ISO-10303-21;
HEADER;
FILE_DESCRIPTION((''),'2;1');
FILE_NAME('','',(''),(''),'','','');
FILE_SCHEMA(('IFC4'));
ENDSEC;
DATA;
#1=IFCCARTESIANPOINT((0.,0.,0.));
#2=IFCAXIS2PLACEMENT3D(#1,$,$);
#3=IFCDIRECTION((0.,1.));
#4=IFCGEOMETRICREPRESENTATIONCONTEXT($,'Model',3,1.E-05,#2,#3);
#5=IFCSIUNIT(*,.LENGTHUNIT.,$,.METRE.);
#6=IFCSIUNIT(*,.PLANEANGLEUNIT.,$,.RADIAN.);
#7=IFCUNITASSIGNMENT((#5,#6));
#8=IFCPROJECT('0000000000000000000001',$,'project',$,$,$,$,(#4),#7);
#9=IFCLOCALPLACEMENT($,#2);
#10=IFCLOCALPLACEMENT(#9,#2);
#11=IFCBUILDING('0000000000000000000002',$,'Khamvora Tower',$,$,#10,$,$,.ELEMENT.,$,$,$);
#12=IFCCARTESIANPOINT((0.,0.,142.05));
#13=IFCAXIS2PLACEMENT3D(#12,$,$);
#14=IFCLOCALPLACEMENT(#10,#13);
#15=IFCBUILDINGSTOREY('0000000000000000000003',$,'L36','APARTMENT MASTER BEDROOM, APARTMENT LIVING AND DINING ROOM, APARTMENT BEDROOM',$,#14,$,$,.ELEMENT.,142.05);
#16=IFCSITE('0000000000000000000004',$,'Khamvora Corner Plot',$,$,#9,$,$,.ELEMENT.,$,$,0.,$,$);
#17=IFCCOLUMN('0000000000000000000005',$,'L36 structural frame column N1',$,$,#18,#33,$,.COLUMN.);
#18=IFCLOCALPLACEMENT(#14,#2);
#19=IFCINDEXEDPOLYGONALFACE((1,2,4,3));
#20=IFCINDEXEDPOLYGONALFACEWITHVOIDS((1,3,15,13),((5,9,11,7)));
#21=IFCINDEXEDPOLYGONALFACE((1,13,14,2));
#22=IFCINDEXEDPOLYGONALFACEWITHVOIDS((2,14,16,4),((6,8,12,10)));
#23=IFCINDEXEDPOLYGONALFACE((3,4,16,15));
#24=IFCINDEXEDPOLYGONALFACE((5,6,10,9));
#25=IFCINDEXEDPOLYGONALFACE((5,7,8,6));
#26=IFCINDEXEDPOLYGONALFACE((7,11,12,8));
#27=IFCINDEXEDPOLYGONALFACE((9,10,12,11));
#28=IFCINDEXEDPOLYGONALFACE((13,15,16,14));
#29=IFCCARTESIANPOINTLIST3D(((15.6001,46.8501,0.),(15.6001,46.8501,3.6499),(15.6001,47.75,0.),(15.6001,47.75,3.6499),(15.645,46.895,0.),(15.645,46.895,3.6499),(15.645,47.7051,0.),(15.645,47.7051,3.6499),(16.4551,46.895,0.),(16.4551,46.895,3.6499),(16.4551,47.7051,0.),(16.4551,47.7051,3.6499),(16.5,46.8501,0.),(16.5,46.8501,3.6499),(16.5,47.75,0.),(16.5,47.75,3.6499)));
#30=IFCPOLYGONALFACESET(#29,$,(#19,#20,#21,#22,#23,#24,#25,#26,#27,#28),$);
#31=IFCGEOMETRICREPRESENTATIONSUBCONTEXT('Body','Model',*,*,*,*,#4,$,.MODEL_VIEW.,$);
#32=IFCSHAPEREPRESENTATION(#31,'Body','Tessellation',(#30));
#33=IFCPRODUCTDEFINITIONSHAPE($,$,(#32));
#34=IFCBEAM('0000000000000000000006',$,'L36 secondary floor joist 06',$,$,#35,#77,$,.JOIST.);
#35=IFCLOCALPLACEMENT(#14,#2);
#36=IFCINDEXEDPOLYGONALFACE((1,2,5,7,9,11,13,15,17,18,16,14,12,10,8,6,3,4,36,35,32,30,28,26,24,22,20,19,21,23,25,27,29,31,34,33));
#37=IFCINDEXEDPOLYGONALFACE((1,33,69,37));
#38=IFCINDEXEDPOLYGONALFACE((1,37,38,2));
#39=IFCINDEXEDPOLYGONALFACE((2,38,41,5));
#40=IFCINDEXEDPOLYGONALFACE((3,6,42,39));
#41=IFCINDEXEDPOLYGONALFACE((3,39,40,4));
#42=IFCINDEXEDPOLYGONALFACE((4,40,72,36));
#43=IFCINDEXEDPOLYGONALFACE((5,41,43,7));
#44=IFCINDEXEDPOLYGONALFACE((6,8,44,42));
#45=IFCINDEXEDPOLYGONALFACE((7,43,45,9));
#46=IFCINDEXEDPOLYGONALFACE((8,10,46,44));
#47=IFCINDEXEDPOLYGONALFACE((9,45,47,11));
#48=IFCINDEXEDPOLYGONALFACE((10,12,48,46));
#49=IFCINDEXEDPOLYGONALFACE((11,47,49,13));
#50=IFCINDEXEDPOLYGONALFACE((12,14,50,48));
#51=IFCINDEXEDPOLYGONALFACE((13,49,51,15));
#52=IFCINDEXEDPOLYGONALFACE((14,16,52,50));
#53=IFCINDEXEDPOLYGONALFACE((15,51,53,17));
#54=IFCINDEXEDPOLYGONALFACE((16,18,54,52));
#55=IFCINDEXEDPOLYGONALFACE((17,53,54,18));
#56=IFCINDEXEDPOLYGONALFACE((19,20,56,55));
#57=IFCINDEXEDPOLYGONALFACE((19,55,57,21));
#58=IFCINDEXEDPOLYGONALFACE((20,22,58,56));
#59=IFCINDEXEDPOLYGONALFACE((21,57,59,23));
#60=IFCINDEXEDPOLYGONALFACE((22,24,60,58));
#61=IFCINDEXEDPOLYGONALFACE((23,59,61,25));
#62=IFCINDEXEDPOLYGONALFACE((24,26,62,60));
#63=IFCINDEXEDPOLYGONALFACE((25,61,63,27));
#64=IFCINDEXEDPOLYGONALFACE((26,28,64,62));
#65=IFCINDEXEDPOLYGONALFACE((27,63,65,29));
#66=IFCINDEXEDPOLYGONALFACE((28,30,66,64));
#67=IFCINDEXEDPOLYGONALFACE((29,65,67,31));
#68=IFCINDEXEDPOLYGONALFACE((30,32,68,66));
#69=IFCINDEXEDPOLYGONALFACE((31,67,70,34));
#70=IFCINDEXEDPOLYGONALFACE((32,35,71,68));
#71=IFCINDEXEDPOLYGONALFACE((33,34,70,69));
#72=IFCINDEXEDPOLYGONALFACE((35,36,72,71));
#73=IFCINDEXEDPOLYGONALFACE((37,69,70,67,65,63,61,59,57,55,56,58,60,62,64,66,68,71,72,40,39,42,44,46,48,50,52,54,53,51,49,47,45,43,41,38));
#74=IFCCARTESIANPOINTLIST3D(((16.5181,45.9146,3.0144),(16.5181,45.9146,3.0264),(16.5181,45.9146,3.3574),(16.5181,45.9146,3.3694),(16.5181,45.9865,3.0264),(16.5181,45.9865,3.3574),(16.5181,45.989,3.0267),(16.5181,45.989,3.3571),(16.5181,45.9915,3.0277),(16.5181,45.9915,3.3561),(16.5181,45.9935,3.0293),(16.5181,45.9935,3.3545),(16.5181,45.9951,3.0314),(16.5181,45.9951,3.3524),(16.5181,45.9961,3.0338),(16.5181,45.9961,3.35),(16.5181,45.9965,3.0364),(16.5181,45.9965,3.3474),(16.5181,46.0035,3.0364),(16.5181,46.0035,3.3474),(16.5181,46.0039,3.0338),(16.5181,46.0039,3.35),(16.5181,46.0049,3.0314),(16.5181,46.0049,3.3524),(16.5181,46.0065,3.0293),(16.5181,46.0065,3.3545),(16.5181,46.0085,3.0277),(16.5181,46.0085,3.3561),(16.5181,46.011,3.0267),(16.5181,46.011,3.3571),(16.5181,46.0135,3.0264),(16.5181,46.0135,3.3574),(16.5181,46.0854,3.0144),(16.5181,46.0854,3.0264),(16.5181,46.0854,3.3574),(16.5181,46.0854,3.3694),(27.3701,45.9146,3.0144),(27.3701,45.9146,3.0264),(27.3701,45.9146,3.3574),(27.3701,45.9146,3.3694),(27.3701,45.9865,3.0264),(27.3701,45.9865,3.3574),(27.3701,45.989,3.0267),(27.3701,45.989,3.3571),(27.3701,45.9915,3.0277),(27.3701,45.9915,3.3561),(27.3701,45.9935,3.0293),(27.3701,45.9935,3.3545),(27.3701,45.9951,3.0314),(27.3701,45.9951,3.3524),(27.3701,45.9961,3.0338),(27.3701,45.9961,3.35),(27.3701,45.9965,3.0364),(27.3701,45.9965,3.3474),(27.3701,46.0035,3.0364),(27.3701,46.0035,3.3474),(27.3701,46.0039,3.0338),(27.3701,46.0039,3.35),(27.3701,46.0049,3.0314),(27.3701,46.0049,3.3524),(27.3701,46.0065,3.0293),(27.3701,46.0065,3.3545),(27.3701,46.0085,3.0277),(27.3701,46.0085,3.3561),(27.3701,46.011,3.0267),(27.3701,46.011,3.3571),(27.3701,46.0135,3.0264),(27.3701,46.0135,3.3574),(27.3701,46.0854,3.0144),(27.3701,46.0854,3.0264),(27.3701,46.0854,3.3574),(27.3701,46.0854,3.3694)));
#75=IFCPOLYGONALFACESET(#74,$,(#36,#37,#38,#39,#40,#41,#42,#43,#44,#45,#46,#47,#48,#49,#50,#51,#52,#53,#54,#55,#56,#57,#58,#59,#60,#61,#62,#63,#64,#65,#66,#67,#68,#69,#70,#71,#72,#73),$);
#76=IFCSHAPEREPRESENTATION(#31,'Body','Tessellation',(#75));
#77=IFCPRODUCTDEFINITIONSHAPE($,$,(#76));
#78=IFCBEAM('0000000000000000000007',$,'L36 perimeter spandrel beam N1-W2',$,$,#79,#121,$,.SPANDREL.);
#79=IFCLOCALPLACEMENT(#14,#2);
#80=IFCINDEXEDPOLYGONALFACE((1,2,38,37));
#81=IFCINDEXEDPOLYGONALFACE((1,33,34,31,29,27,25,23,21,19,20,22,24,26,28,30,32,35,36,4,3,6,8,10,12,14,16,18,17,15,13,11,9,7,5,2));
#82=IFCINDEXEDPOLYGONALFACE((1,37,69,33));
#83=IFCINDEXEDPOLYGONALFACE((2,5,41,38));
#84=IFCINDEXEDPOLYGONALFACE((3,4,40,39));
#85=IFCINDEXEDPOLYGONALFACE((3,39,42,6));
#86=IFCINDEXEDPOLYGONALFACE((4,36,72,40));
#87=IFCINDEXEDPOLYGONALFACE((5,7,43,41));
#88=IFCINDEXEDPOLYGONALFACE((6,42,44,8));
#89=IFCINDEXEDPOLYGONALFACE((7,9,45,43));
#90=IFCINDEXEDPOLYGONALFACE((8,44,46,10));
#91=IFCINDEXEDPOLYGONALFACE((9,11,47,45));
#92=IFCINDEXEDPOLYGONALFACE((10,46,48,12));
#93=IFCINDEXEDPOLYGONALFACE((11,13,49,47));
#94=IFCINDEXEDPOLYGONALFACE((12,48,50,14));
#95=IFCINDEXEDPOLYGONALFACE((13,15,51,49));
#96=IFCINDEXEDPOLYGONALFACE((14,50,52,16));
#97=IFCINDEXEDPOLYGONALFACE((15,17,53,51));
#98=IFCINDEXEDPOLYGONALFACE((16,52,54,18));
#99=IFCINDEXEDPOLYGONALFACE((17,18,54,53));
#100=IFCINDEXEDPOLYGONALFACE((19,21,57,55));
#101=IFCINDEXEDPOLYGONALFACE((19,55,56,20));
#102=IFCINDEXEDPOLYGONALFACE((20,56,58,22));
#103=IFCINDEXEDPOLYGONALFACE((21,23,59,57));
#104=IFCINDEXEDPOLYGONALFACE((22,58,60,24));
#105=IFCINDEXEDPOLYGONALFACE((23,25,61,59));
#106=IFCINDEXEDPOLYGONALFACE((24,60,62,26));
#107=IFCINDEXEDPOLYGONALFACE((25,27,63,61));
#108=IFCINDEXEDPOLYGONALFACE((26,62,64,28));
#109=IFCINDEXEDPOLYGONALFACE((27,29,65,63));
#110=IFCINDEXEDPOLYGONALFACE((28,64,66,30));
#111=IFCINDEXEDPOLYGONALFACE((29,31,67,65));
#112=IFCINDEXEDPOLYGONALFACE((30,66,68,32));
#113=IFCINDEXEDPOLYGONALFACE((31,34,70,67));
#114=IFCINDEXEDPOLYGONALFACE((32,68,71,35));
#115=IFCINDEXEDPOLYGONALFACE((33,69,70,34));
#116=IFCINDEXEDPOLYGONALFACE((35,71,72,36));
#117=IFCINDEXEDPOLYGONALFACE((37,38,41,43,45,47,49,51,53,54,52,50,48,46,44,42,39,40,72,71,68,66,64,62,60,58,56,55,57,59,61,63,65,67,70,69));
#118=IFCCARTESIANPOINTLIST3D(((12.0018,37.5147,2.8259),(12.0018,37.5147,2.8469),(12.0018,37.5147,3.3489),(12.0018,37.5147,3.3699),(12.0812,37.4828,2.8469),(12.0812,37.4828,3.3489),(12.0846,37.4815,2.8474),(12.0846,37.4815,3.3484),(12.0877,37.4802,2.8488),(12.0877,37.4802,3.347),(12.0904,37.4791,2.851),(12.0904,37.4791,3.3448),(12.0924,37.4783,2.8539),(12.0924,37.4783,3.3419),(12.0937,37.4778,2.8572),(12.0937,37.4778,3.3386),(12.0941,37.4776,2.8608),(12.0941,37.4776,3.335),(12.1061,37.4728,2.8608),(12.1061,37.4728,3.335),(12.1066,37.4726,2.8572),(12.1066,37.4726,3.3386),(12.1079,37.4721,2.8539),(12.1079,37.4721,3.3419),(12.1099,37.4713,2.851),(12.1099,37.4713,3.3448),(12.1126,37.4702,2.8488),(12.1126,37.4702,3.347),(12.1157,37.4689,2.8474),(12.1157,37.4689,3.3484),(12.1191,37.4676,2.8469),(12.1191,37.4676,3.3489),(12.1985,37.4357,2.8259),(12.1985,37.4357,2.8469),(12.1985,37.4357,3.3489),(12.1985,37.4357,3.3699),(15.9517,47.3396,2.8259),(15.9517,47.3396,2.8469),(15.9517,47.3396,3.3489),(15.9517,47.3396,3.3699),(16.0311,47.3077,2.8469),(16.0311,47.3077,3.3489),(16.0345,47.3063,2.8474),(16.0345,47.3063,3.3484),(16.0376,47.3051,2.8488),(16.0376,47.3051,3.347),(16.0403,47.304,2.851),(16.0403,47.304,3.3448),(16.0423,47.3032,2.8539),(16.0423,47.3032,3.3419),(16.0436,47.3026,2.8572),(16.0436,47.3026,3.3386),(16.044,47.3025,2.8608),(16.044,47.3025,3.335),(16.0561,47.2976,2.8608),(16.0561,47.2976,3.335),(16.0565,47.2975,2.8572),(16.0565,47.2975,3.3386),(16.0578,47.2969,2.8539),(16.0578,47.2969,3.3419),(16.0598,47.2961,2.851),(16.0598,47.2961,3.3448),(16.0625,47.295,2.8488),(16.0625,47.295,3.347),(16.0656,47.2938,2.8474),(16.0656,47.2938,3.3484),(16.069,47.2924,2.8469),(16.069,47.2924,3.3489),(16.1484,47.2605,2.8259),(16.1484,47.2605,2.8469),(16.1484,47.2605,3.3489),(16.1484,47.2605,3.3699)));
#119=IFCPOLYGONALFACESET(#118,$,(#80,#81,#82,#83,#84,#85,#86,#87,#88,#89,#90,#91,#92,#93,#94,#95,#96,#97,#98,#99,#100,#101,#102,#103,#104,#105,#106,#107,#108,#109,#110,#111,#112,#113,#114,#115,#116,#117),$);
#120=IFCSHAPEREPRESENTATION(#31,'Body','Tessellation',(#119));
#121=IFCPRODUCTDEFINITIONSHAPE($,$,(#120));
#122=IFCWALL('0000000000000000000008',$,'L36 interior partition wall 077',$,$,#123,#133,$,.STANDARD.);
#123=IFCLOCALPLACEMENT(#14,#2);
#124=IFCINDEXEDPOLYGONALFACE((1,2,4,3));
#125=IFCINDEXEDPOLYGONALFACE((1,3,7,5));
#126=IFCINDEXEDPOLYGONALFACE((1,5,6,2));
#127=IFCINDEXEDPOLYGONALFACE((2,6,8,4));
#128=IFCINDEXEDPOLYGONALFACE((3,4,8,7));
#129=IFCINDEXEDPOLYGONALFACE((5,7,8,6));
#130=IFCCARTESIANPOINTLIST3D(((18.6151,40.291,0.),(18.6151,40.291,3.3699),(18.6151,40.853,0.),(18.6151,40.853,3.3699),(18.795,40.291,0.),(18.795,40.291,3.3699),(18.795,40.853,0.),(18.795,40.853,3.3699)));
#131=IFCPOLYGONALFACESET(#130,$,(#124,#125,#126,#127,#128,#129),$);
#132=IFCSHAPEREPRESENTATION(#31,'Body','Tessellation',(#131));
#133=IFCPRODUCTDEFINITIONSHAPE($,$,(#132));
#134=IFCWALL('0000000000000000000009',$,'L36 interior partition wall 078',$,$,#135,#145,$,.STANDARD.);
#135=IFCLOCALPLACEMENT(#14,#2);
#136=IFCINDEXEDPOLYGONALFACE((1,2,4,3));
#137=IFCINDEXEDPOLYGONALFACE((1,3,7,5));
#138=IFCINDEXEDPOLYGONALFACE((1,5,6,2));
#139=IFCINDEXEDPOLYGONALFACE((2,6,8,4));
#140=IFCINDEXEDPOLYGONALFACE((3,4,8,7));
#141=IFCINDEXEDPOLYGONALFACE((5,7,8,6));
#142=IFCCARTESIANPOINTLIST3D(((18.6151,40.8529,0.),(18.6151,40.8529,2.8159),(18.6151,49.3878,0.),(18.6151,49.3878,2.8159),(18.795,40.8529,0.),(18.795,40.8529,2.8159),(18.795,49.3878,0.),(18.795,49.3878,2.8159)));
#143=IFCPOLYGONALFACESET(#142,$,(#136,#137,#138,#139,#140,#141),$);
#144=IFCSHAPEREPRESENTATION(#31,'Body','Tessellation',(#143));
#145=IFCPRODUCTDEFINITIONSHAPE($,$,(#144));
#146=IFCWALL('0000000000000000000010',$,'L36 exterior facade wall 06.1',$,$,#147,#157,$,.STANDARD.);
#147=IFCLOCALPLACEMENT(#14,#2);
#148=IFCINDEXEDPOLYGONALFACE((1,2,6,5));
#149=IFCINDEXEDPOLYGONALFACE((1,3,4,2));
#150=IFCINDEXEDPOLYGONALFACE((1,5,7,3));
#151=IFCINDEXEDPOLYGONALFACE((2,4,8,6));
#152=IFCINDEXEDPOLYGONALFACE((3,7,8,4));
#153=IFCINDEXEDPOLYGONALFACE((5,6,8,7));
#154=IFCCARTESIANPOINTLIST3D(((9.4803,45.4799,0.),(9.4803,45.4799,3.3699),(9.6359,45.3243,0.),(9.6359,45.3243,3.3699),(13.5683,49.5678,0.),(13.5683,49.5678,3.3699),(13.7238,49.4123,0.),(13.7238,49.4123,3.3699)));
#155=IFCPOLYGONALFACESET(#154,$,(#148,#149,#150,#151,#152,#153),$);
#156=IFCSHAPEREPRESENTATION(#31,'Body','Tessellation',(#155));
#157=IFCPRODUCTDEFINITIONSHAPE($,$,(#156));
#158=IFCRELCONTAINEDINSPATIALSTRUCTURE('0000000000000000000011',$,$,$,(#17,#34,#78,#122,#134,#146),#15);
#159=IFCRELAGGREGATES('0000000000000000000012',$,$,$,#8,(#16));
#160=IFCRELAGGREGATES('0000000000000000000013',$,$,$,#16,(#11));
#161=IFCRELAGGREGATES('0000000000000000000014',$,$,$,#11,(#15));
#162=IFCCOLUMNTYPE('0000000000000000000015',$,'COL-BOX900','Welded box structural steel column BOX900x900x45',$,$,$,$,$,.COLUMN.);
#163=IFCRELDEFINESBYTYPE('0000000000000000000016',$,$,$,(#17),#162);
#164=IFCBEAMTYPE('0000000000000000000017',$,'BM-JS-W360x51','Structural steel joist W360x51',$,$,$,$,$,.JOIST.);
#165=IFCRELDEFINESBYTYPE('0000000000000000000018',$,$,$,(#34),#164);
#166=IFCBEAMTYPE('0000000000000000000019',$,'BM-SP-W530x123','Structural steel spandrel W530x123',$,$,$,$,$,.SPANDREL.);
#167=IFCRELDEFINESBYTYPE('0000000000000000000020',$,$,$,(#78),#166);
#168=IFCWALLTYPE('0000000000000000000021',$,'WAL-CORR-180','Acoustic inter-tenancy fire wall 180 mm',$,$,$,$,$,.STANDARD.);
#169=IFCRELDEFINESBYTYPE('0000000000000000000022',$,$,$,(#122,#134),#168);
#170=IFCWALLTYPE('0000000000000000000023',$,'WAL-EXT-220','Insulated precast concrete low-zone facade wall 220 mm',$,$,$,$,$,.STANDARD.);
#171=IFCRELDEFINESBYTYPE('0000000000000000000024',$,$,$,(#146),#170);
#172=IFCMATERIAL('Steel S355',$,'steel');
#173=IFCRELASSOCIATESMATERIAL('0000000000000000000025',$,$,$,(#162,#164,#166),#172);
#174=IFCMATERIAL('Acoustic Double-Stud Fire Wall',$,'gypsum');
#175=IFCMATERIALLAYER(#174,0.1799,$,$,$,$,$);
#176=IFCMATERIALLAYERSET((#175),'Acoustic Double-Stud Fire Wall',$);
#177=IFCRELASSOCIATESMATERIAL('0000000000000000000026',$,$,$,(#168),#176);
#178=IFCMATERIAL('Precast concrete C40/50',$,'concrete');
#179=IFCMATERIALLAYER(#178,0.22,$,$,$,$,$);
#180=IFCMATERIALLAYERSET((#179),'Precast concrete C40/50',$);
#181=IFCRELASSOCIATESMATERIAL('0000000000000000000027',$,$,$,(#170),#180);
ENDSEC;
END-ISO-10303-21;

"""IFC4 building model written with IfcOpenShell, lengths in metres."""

from ifc_helpers import new_model, si_unit, direction, frame, frame_2d, origin, origin_2d, place, context, subcontext, project, spatial, rectangle, hollow_rectangle, i_section, extrude, material, layer, layer_set, material_profile, profile_set, type_object, element, save


model = new_model("IFC4")

# Units and contexts
model_context = context("Model", 3, precision=1e-05, world=origin(), true_north=direction((0.0, 1.0)))
body_context = subcontext(model_context, "Body", "Model", "MODEL_VIEW")
ifc_project = project(units=[si_unit("LENGTHUNIT", "METRE"), si_unit("PLANEANGLEUNIT", "RADIAN")], contexts=[model_context])

# Site, building, storey
site_placement = place(None, origin())
site = spatial("IfcSite", under=ifc_project, at=site_placement, Name="Khamvora Corner Plot", CompositionType="ELEMENT", RefElevation=0.0)
building_placement = place(site_placement, origin())
building = spatial("IfcBuilding", under=site, at=building_placement, Name="Khamvora Tower", CompositionType="ELEMENT")
storey_placement = place(building_placement, frame((0.0, 0.0, 142.05)))
storey = spatial("IfcBuildingStorey", under=building, at=storey_placement, Name="L36", Description="APARTMENT MASTER BEDROOM, APARTMENT LIVING AND DINING ROOM, APARTMENT BEDROOM", CompositionType="ELEMENT", Elevation=142.05)

# Column
ifc_material_1 = material(Name="Steel S355", Category="steel")
ifc_material_profile_1 = material_profile(ifc_material_1, hollow_rectangle(XDim=0.8999, YDim=0.8999, WallThickness=0.0449, at=origin_2d()), Name="BOX900x900x45")
ifc_profile_set_1 = profile_set([ifc_material_profile_1], Name="Steel S355")
column_type = type_object("IfcColumnType", Name="COL-BOX900", Description="Welded box structural steel column BOX900x900x45", PredefinedType="COLUMN", material=ifc_profile_set_1)
column_placement = place(storey_placement, frame((16.05, 47.3, 0.0), z_axis=(0.0, 0.0, 1.0), x_axis=(1.0, 0.0, 0.0)))
element("IfcColumn", 1, at=column_placement, inside=storey, type_object=column_type, Name="L36 structural frame column N1", PredefinedType="COLUMN", context=body_context, shape_type="SweptSolid", body=[
    extrude(hollow_rectangle(XDim=0.8999, YDim=0.8999, WallThickness=0.0449, at=origin_2d()), origin(), (0.0, 0.0, 1.0), 3.6499),
])

# Beams
ifc_material_profile_2 = material_profile(ifc_material_1, i_section(OverallWidth=0.1709, OverallDepth=0.355, WebThickness=0.0071, FlangeThickness=0.012, FilletRadius=0.01, at=origin_2d()), Name="W360x51")
ifc_profile_set_2 = profile_set([ifc_material_profile_2], Name="Steel S355")
beam_type_1 = type_object("IfcBeamType", Name="BM-JS-W360x51", Description="Structural steel joist W360x51", PredefinedType="JOIST", material=ifc_profile_set_2)
beam_1_placement = place(storey_placement, frame((16.5181, 46.0, 3.1919), z_axis=(1.0, 0.0, 0.0), x_axis=(0.0, 1.0, 0.0)))
element("IfcBeam", 2, at=beam_1_placement, inside=storey, type_object=beam_type_1, Name="L36 secondary floor joist 06", PredefinedType="JOIST", context=body_context, shape_type="SweptSolid", body=[
    extrude(i_section(OverallWidth=0.1709, OverallDepth=0.355, WebThickness=0.0071, FlangeThickness=0.012, FilletRadius=0.01, at=origin_2d()), origin(), (0.0, 0.0, 1.0), 10.8521),
])
ifc_material_profile_3 = material_profile(ifc_material_1, i_section(OverallWidth=0.2119, OverallDepth=0.5439, WebThickness=0.0129, FlangeThickness=0.021, FilletRadius=0.0139, at=origin_2d()), Name="W530x123")
ifc_profile_set_3 = profile_set([ifc_material_profile_3], Name="Steel S355")
beam_type_2 = type_object("IfcBeamType", Name="BM-SP-W530x123", Description="Structural steel spandrel W530x123", PredefinedType="SPANDREL", material=ifc_profile_set_3)
beam_2_placement = place(storey_placement, frame((16.05, 47.3, 3.0979), z_axis=(-0.373016, -0.927825, 0.0), x_axis=(0.927825, -0.373016, 0.0)))
element("IfcBeam", 3, at=beam_2_placement, inside=storey, type_object=beam_type_2, Name="L36 perimeter spandrel beam N1-W2", PredefinedType="SPANDREL", context=body_context, shape_type="SweptSolid", body=[
    extrude(i_section(OverallWidth=0.2119, OverallDepth=0.5439, WebThickness=0.0129, FlangeThickness=0.021, FilletRadius=0.0139, at=origin_2d()), origin(), (0.0, 0.0, 1.0), 10.5891),
])

# Walls
ifc_material_2 = material(Name="Acoustic Double-Stud Fire Wall", Category="gypsum")
ifc_layer_1 = layer(ifc_material_2, 0.1799)
ifc_layer_set_1 = layer_set([ifc_layer_1], Name="Acoustic Double-Stud Fire Wall")
wall_type_1 = type_object("IfcWallType", Name="WAL-CORR-180", Description="Acoustic inter-tenancy fire wall 180 mm", PredefinedType="STANDARD", material=ifc_layer_set_1)
wall_1_placement = place(storey_placement, frame((18.7051, 40.853, 0.0), z_axis=(0.0, 0.0, 1.0), x_axis=(0.0, -1.0, 0.0)))
element("IfcWall", 4, at=wall_1_placement, inside=storey, type_object=wall_type_1, Name="L36 interior partition wall 077", PredefinedType="STANDARD", context=body_context, shape_type="SweptSolid", body=[
    extrude(rectangle(XDim=0.562, YDim=0.1799, at=frame_2d((0.281, 0.0))), origin(), (0.0, 0.0, 1.0), 3.3699),
])
wall_2_placement = place(storey_placement, frame((18.7051, 49.3879, 0.0), z_axis=(0.0, 0.0, 1.0), x_axis=(0.0, -1.0, 0.0)))
element("IfcWall", 5, at=wall_2_placement, inside=storey, type_object=wall_type_1, Name="L36 interior partition wall 078", PredefinedType="STANDARD", context=body_context, shape_type="SweptSolid", body=[
    extrude(rectangle(XDim=8.5349, YDim=0.1799, at=frame_2d((4.2676, 0.0))), origin(), (0.0, 0.0, 1.0), 2.8159),
])
ifc_material_3 = material(Name="Precast concrete C40/50", Category="concrete")
ifc_layer_2 = layer(ifc_material_3, 0.22)
ifc_layer_set_2 = layer_set([ifc_layer_2], Name="Precast concrete C40/50")
wall_type_2 = type_object("IfcWallType", Name="WAL-EXT-220", Description="Insulated precast concrete low-zone facade wall 220 mm", PredefinedType="STANDARD", material=ifc_layer_set_2)
wall_3_placement = place(storey_placement, frame((9.5581, 45.4021, 0.0), z_axis=(0.0, 0.0, 1.0), x_axis=(0.707107, 0.707107, 0.0)))
element("IfcWall", 6, at=wall_3_placement, inside=storey, type_object=wall_type_2, Name="L36 exterior facade wall 06.1", PredefinedType="STANDARD", context=body_context, shape_type="SweptSolid", body=[
    extrude(rectangle(XDim=5.7812, YDim=0.22, at=frame_2d((2.8906, 0.0))), origin(), (0.0, 0.0, 1.0), 3.3699),
])

save(model, "model.ifc")
